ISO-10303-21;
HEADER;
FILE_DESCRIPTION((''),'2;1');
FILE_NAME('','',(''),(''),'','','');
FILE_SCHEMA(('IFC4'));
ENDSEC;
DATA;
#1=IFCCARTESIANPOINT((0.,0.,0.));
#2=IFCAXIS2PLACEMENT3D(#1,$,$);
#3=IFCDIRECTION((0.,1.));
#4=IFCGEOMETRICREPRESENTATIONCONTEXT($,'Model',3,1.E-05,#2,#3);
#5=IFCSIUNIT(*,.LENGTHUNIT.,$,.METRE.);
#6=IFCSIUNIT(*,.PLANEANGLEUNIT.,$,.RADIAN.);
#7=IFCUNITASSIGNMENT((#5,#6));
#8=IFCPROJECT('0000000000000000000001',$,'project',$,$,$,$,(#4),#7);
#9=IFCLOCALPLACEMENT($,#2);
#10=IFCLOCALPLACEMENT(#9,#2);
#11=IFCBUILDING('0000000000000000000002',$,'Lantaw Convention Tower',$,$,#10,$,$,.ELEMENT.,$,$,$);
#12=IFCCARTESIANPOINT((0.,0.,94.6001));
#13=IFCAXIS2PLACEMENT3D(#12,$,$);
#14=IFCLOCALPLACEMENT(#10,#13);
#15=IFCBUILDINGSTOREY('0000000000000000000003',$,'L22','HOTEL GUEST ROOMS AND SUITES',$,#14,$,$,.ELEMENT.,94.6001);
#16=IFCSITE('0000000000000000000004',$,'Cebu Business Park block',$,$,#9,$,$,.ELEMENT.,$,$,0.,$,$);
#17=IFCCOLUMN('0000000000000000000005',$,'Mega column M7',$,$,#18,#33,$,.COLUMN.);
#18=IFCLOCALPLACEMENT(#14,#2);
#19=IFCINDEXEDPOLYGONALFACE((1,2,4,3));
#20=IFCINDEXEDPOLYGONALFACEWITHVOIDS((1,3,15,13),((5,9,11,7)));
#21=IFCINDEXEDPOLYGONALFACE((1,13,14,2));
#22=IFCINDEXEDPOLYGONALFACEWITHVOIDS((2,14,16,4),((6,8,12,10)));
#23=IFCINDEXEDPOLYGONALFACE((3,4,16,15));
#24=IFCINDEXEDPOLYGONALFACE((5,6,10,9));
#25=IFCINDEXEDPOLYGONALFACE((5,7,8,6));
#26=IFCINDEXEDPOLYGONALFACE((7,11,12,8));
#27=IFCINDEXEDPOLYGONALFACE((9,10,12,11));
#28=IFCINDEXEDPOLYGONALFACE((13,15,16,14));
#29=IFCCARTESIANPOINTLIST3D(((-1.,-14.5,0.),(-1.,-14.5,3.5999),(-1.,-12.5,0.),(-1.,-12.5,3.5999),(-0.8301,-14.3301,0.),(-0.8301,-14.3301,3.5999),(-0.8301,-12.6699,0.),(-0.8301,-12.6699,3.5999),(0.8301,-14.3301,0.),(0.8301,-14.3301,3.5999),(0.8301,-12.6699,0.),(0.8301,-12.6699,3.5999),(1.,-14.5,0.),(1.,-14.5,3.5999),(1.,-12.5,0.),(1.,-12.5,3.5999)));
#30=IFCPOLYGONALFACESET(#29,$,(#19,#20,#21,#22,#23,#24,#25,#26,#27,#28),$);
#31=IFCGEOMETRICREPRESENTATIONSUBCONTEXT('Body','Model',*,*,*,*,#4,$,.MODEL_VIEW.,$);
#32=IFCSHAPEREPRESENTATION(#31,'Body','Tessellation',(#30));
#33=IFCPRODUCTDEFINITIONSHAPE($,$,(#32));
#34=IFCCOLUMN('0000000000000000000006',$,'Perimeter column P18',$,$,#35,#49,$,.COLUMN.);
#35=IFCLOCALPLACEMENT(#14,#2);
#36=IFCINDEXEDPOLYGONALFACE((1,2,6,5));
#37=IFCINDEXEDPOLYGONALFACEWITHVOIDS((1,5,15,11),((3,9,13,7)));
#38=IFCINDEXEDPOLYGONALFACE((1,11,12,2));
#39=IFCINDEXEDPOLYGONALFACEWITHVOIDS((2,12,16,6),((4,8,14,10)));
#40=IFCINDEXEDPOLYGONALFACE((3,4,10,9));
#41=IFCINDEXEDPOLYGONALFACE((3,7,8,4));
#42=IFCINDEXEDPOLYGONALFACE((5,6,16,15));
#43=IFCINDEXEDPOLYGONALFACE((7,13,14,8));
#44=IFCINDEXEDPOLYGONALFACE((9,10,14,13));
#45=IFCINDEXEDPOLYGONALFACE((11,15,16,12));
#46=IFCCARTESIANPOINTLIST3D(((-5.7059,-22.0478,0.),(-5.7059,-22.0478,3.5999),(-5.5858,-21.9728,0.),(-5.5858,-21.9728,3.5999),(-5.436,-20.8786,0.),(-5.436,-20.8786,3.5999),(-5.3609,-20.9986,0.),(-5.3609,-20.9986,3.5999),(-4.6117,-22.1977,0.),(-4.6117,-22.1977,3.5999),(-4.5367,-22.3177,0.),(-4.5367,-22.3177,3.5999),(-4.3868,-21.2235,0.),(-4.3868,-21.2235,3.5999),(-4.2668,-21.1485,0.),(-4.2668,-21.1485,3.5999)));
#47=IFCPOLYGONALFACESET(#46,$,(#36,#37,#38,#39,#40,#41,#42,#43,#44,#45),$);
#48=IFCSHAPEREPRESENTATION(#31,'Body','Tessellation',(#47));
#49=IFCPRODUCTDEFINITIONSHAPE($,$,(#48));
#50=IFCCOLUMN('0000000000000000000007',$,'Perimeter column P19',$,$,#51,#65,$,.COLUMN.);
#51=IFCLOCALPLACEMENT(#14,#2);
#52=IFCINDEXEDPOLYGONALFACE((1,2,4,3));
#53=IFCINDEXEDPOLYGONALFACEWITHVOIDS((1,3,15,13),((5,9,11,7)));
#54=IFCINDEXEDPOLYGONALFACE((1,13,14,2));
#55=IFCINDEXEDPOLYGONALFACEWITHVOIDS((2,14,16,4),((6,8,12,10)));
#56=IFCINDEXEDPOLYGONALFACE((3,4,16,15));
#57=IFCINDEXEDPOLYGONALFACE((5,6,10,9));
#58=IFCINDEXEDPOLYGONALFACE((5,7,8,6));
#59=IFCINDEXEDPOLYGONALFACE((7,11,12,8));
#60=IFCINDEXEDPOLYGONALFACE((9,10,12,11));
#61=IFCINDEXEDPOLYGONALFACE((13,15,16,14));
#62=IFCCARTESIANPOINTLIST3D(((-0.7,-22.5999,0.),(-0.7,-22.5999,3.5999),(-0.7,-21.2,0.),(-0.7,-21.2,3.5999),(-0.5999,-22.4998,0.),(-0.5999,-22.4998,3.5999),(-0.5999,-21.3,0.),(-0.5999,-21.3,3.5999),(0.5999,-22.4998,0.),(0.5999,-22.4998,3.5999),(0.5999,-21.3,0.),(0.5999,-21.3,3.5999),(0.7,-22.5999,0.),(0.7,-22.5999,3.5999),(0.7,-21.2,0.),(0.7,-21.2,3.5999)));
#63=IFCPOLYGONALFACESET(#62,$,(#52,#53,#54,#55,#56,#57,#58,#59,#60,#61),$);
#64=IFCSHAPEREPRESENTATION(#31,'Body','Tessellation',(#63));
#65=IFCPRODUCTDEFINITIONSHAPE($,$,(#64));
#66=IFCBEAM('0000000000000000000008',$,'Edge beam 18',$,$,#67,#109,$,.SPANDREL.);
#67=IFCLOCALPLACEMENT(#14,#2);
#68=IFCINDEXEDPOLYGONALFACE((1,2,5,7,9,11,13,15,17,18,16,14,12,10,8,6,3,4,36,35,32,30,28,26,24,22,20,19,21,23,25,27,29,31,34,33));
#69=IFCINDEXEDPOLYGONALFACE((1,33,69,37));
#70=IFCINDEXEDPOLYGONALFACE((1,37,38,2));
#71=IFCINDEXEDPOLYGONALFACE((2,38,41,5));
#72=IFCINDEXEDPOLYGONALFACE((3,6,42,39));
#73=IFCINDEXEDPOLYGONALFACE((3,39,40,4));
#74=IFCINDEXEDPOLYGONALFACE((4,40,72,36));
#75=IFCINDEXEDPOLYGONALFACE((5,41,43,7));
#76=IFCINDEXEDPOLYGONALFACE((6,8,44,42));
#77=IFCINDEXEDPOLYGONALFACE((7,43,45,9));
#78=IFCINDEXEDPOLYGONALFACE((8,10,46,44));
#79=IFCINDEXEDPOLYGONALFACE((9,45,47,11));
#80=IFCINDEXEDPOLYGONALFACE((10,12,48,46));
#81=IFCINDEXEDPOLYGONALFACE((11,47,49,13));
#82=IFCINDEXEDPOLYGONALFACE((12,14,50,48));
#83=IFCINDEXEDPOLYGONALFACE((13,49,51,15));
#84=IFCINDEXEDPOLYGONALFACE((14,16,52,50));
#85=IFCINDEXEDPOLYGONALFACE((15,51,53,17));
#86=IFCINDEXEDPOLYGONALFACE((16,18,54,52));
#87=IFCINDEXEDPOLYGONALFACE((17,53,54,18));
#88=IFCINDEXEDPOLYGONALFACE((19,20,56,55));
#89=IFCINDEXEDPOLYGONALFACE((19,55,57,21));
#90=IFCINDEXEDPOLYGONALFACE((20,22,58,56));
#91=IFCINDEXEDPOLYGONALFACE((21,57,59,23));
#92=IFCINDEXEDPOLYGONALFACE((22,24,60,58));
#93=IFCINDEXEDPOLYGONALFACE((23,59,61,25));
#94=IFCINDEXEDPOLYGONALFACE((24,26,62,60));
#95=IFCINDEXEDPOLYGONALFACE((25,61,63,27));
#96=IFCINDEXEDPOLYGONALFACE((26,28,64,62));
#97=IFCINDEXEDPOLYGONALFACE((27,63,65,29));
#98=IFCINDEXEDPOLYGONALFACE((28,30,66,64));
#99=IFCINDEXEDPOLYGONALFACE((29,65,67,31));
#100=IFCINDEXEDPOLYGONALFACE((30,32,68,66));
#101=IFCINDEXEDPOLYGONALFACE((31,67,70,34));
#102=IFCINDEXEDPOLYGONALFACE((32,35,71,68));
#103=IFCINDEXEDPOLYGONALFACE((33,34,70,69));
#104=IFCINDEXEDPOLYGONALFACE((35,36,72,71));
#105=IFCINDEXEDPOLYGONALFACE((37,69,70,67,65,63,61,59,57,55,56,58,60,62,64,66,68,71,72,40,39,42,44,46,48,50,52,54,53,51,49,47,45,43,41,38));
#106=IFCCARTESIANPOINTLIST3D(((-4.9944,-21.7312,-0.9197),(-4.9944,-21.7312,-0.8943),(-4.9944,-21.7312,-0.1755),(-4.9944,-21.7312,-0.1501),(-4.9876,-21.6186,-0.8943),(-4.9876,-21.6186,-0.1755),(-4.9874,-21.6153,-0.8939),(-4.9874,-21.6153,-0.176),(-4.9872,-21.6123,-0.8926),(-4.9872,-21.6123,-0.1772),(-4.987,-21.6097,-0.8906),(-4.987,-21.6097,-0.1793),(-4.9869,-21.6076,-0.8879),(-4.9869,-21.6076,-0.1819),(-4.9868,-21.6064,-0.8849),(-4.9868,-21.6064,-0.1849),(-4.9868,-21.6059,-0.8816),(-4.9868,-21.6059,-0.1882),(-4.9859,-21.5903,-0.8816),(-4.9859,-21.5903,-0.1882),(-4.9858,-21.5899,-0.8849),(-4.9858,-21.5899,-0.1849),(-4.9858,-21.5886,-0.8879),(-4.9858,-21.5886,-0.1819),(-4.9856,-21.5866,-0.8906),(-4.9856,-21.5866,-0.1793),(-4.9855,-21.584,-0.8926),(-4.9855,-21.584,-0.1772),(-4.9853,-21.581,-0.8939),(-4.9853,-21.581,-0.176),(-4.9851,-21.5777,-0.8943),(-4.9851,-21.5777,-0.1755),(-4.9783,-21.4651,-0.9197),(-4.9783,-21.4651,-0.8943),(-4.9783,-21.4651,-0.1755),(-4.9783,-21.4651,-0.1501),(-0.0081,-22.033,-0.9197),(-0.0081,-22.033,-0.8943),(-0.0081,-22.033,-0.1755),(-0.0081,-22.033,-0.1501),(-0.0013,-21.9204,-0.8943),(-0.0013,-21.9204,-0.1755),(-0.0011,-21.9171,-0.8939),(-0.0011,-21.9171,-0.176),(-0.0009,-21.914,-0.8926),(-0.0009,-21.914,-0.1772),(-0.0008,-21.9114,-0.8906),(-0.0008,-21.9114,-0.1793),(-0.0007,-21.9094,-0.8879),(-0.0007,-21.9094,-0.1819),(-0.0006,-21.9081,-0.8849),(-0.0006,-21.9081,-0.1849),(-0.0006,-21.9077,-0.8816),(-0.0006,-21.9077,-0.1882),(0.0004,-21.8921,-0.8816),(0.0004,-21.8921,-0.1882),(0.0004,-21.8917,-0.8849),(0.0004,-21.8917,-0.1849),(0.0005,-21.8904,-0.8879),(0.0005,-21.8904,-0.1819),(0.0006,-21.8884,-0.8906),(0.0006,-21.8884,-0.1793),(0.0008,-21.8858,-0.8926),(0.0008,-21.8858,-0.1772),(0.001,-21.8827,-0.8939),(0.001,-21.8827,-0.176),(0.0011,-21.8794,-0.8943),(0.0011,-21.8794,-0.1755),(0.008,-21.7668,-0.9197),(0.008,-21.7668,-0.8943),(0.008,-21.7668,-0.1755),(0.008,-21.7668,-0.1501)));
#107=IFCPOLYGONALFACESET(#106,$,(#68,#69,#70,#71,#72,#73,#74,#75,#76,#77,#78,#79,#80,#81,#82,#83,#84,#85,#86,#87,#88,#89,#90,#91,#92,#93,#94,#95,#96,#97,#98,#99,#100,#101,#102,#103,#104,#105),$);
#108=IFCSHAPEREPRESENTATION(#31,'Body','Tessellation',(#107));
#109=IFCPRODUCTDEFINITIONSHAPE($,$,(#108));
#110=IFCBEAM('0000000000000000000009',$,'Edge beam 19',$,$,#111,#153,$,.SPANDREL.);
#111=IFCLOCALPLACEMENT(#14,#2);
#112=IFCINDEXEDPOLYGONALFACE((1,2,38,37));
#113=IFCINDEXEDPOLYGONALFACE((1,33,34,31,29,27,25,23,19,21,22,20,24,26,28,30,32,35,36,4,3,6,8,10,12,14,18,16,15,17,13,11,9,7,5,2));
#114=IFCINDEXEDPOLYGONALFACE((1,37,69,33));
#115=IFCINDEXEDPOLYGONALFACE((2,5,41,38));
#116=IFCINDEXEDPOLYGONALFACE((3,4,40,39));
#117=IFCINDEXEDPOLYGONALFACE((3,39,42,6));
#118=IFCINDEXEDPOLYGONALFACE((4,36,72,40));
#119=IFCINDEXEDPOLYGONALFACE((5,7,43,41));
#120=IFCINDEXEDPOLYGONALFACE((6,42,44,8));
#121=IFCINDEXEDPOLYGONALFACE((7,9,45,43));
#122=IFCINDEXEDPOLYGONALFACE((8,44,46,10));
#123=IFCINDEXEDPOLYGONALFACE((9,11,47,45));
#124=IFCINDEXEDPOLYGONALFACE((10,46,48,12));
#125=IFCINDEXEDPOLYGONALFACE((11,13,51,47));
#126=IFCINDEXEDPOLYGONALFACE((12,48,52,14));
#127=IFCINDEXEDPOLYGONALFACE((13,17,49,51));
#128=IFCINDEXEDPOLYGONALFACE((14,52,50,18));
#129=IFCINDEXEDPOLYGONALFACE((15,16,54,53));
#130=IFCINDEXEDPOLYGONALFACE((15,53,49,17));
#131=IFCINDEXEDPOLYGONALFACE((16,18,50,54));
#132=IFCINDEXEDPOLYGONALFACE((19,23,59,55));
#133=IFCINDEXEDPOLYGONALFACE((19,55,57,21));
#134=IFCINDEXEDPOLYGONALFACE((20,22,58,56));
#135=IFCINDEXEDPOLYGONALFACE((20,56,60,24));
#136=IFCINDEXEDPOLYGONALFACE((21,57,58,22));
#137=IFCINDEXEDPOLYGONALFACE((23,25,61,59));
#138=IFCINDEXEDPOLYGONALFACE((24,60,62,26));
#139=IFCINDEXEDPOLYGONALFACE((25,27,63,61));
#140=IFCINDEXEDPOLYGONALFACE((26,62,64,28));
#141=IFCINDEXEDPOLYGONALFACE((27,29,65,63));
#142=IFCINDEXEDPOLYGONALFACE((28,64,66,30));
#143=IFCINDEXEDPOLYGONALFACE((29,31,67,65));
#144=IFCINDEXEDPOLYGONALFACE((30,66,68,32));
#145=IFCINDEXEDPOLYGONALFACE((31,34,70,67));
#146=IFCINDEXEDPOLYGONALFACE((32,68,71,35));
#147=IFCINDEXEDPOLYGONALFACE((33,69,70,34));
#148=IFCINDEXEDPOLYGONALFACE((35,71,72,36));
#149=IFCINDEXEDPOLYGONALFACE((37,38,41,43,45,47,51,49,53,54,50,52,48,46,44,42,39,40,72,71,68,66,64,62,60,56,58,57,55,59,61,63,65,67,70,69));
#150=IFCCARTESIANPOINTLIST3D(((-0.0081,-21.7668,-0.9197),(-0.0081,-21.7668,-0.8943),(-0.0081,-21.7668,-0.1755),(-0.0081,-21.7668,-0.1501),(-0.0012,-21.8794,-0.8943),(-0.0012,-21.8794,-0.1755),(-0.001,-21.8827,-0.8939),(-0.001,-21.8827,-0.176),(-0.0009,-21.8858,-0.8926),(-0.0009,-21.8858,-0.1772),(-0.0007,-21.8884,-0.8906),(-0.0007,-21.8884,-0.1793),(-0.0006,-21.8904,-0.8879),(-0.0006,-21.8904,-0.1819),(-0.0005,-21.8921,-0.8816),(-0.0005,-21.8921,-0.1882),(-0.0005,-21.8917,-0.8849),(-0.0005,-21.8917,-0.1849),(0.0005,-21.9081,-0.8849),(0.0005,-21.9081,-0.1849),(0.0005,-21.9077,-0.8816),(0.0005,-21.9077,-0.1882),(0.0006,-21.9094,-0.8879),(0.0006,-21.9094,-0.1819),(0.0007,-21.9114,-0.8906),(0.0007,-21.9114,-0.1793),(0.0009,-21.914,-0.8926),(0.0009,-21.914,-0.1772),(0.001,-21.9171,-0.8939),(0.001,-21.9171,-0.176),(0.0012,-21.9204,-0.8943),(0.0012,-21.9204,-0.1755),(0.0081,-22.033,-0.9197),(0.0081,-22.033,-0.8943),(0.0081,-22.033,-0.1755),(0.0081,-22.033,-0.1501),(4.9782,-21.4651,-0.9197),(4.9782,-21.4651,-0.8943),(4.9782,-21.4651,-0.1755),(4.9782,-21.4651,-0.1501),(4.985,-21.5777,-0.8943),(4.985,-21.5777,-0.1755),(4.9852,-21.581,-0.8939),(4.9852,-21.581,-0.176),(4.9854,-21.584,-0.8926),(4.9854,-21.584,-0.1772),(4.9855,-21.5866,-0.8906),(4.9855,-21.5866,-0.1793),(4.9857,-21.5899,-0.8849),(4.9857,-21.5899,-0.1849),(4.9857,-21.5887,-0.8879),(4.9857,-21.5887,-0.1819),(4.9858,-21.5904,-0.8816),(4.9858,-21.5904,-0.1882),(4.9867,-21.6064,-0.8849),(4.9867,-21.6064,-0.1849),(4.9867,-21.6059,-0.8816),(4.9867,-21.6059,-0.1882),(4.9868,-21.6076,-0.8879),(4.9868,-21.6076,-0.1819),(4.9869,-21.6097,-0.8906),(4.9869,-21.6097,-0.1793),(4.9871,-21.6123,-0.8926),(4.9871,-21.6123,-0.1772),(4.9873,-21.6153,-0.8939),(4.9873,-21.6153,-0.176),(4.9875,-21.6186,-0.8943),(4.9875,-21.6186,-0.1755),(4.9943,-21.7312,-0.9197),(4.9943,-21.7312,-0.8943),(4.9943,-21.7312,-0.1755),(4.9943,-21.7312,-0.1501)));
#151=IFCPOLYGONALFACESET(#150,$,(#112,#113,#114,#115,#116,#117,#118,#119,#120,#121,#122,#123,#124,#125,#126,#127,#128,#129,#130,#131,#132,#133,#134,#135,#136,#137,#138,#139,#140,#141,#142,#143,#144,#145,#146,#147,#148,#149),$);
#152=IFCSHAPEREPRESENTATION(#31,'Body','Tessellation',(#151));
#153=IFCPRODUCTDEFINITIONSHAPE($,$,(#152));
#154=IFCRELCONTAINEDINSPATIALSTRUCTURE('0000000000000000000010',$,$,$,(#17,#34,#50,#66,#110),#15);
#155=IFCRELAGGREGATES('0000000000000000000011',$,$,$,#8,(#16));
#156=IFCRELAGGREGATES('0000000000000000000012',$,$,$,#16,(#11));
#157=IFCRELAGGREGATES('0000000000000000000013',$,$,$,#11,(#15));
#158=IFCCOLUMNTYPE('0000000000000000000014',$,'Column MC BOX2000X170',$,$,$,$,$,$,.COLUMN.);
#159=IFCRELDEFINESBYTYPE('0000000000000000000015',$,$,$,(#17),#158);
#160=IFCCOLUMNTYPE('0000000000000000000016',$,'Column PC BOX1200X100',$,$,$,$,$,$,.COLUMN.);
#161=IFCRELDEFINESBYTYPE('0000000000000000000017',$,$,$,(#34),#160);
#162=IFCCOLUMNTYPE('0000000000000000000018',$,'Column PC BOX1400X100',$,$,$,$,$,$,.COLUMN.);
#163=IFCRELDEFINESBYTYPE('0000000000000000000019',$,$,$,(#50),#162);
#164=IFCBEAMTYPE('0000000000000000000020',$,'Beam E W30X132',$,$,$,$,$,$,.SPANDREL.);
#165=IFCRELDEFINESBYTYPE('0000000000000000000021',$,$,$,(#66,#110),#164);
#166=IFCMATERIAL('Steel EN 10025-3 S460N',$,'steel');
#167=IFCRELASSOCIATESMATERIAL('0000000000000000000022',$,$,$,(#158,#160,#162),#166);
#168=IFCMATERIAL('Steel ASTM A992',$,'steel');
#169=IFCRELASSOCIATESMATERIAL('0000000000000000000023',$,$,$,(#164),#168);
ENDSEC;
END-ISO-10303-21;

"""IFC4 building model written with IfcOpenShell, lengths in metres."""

from ifc_helpers import new_model, si_unit, direction, frame, origin, origin_2d, place, context, subcontext, project, spatial, rectangle, hollow_rectangle, i_section, extrude, material, material_profile, profile_set, type_object, element, save


model = new_model("IFC4")

# Units and contexts
model_context = context("Model", 3, precision=1e-05, world=origin(), true_north=direction((0.0, 1.0)))
body_context = subcontext(model_context, "Body", "Model", "MODEL_VIEW")
ifc_project = project(units=[si_unit("LENGTHUNIT", "METRE"), si_unit("PLANEANGLEUNIT", "RADIAN")], contexts=[model_context])

# Site, building, storey
site_placement = place(None, origin())
site = spatial("IfcSite", under=ifc_project, at=site_placement, Name="Cebu Business Park block", CompositionType="ELEMENT", RefElevation=0.0)
building_placement = place(site_placement, origin())
building = spatial("IfcBuilding", under=site, at=building_placement, Name="Lantaw Convention Tower", CompositionType="ELEMENT")
storey_placement = place(building_placement, frame((0.0, 0.0, 94.6001)))
storey = spatial("IfcBuildingStorey", under=building, at=storey_placement, Name="L22", Description="HOTEL GUEST ROOMS AND SUITES", CompositionType="ELEMENT", Elevation=94.6001)

# Columns
ifc_material_1 = material(Name="Steel EN 10025-3 S460N", Category="steel")
ifc_material_profile_1 = material_profile(ifc_material_1, hollow_rectangle(XDim=2.0, YDim=2.0, WallThickness=0.1699, at=origin_2d()), Name="BOX2000X170")
ifc_material_2 = material(Name="Concrete C60/75", Category="concrete")
ifc_material_profile_2 = material_profile(ifc_material_2, rectangle(XDim=1.6599, YDim=1.6599, at=origin_2d()), Name="Concrete fill of BOX2000X170")
ifc_profile_set_1 = profile_set([ifc_material_profile_1, ifc_material_profile_2], Name="Steel EN 10025-3 S460N")
column_type_1 = type_object("IfcColumnType", Name="Column MC BOX2000X170", PredefinedType="COLUMN", material=ifc_profile_set_1)
column_1_placement = place(storey_placement, frame((0.0, -13.5, 0.0), z_axis=(0.0, 0.0, 1.0), x_axis=(1.0, 0.0, 0.0)))
element("IfcColumn", 1, at=column_1_placement, inside=storey, type_object=column_type_1, Name="Mega column M7", PredefinedType="COLUMN", context=body_context, shape_type="SweptSolid", body=[
    extrude(hollow_rectangle(XDim=2.0, YDim=2.0, WallThickness=0.1699, at=origin_2d()), origin(), (0.0, 0.0, 1.0), 3.5999),
])
ifc_material_profile_3 = material_profile(ifc_material_1, hollow_rectangle(XDim=1.2, YDim=1.2, WallThickness=0.1001, at=origin_2d()), Name="BOX1200X100")
ifc_material_profile_4 = material_profile(ifc_material_2, rectangle(XDim=1.0, YDim=1.0, at=origin_2d()), Name="Concrete fill of BOX1200X100")
ifc_profile_set_2 = profile_set([ifc_material_profile_3, ifc_material_profile_4], Name="Steel EN 10025-3 S460N")
column_type_2 = type_object("IfcColumnType", Name="Column PC BOX1200X100", PredefinedType="COLUMN", material=ifc_profile_set_2)
column_2_placement = place(storey_placement, frame((-4.9863, -21.5981, 0.0), z_axis=(0.0, 0.0, 1.0), x_axis=(0.224951, 0.97437, 0.0)))
element("IfcColumn", 2, at=column_2_placement, inside=storey, type_object=column_type_2, Name="Perimeter column P18", PredefinedType="COLUMN", context=body_context, shape_type="SweptSolid", body=[
    extrude(hollow_rectangle(XDim=1.2, YDim=1.2, WallThickness=0.1001, at=origin_2d()), origin(), (0.0, 0.0, 1.0), 3.5999),
])
ifc_material_profile_5 = material_profile(ifc_material_1, hollow_rectangle(XDim=1.3999, YDim=1.3999, WallThickness=0.1001, at=origin_2d()), Name="BOX1400X100")
ifc_material_profile_6 = material_profile(ifc_material_2, rectangle(XDim=1.2, YDim=1.2, at=origin_2d()), Name="Concrete fill of BOX1400X100")
ifc_profile_set_3 = profile_set([ifc_material_profile_5, ifc_material_profile_6], Name="Steel EN 10025-3 S460N")
column_type_3 = type_object("IfcColumnType", Name="Column PC BOX1400X100", PredefinedType="COLUMN", material=ifc_profile_set_3)
column_3_placement = place(storey_placement, frame((0.0, -21.8999, 0.0), z_axis=(0.0, 0.0, 1.0), x_axis=(1.0, 0.0, 0.0)))
element("IfcColumn", 3, at=column_3_placement, inside=storey, type_object=column_type_3, Name="Perimeter column P19", PredefinedType="COLUMN", context=body_context, shape_type="SweptSolid", body=[
    extrude(hollow_rectangle(XDim=1.3999, YDim=1.3999, WallThickness=0.1001, at=origin_2d()), origin(), (0.0, 0.0, 1.0), 3.5999),
])

# Beams
ifc_material_3 = material(Name="Steel ASTM A992", Category="steel")
ifc_material_profile_7 = material_profile(ifc_material_3, i_section(OverallWidth=0.2666, OverallDepth=0.7695, WebThickness=0.0156, FlangeThickness=0.0254, FilletRadius=0.0127, at=origin_2d()), Name="W30X132")
ifc_profile_set_4 = profile_set([ifc_material_profile_7], Name="Steel ASTM A992")
beam_type_1 = type_object("IfcBeamType", Name="Beam E W30X132", PredefinedType="SPANDREL", material=ifc_profile_set_4)
for number, where, z_axis, x_axis, name in (
    (4, (-4.9863, -21.5981, -0.5349), (0.998174, -0.060407, 0.0), (0.060407, 0.998174, 0.0), "Edge beam 18"),
    (5, (0.0, -21.8999, -0.5349), (0.998174, 0.060407, 0.0), (-0.060407, 0.998174, 0.0), "Edge beam 19"),
):
    element("IfcBeam", number, at=place(storey_placement, frame(where, z_axis=z_axis, x_axis=x_axis)), inside=storey, type_object=beam_type_1, Name=name, PredefinedType="SPANDREL", context=body_context, shape_type="SweptSolid", body=[
        extrude(i_section(OverallWidth=0.2666, OverallDepth=0.7695, WebThickness=0.0156, FlangeThickness=0.0254, FilletRadius=0.0127, at=origin_2d()), origin(), (0.0, 0.0, 1.0), 4.9954),
    ])

save(model, "model.ifc")
